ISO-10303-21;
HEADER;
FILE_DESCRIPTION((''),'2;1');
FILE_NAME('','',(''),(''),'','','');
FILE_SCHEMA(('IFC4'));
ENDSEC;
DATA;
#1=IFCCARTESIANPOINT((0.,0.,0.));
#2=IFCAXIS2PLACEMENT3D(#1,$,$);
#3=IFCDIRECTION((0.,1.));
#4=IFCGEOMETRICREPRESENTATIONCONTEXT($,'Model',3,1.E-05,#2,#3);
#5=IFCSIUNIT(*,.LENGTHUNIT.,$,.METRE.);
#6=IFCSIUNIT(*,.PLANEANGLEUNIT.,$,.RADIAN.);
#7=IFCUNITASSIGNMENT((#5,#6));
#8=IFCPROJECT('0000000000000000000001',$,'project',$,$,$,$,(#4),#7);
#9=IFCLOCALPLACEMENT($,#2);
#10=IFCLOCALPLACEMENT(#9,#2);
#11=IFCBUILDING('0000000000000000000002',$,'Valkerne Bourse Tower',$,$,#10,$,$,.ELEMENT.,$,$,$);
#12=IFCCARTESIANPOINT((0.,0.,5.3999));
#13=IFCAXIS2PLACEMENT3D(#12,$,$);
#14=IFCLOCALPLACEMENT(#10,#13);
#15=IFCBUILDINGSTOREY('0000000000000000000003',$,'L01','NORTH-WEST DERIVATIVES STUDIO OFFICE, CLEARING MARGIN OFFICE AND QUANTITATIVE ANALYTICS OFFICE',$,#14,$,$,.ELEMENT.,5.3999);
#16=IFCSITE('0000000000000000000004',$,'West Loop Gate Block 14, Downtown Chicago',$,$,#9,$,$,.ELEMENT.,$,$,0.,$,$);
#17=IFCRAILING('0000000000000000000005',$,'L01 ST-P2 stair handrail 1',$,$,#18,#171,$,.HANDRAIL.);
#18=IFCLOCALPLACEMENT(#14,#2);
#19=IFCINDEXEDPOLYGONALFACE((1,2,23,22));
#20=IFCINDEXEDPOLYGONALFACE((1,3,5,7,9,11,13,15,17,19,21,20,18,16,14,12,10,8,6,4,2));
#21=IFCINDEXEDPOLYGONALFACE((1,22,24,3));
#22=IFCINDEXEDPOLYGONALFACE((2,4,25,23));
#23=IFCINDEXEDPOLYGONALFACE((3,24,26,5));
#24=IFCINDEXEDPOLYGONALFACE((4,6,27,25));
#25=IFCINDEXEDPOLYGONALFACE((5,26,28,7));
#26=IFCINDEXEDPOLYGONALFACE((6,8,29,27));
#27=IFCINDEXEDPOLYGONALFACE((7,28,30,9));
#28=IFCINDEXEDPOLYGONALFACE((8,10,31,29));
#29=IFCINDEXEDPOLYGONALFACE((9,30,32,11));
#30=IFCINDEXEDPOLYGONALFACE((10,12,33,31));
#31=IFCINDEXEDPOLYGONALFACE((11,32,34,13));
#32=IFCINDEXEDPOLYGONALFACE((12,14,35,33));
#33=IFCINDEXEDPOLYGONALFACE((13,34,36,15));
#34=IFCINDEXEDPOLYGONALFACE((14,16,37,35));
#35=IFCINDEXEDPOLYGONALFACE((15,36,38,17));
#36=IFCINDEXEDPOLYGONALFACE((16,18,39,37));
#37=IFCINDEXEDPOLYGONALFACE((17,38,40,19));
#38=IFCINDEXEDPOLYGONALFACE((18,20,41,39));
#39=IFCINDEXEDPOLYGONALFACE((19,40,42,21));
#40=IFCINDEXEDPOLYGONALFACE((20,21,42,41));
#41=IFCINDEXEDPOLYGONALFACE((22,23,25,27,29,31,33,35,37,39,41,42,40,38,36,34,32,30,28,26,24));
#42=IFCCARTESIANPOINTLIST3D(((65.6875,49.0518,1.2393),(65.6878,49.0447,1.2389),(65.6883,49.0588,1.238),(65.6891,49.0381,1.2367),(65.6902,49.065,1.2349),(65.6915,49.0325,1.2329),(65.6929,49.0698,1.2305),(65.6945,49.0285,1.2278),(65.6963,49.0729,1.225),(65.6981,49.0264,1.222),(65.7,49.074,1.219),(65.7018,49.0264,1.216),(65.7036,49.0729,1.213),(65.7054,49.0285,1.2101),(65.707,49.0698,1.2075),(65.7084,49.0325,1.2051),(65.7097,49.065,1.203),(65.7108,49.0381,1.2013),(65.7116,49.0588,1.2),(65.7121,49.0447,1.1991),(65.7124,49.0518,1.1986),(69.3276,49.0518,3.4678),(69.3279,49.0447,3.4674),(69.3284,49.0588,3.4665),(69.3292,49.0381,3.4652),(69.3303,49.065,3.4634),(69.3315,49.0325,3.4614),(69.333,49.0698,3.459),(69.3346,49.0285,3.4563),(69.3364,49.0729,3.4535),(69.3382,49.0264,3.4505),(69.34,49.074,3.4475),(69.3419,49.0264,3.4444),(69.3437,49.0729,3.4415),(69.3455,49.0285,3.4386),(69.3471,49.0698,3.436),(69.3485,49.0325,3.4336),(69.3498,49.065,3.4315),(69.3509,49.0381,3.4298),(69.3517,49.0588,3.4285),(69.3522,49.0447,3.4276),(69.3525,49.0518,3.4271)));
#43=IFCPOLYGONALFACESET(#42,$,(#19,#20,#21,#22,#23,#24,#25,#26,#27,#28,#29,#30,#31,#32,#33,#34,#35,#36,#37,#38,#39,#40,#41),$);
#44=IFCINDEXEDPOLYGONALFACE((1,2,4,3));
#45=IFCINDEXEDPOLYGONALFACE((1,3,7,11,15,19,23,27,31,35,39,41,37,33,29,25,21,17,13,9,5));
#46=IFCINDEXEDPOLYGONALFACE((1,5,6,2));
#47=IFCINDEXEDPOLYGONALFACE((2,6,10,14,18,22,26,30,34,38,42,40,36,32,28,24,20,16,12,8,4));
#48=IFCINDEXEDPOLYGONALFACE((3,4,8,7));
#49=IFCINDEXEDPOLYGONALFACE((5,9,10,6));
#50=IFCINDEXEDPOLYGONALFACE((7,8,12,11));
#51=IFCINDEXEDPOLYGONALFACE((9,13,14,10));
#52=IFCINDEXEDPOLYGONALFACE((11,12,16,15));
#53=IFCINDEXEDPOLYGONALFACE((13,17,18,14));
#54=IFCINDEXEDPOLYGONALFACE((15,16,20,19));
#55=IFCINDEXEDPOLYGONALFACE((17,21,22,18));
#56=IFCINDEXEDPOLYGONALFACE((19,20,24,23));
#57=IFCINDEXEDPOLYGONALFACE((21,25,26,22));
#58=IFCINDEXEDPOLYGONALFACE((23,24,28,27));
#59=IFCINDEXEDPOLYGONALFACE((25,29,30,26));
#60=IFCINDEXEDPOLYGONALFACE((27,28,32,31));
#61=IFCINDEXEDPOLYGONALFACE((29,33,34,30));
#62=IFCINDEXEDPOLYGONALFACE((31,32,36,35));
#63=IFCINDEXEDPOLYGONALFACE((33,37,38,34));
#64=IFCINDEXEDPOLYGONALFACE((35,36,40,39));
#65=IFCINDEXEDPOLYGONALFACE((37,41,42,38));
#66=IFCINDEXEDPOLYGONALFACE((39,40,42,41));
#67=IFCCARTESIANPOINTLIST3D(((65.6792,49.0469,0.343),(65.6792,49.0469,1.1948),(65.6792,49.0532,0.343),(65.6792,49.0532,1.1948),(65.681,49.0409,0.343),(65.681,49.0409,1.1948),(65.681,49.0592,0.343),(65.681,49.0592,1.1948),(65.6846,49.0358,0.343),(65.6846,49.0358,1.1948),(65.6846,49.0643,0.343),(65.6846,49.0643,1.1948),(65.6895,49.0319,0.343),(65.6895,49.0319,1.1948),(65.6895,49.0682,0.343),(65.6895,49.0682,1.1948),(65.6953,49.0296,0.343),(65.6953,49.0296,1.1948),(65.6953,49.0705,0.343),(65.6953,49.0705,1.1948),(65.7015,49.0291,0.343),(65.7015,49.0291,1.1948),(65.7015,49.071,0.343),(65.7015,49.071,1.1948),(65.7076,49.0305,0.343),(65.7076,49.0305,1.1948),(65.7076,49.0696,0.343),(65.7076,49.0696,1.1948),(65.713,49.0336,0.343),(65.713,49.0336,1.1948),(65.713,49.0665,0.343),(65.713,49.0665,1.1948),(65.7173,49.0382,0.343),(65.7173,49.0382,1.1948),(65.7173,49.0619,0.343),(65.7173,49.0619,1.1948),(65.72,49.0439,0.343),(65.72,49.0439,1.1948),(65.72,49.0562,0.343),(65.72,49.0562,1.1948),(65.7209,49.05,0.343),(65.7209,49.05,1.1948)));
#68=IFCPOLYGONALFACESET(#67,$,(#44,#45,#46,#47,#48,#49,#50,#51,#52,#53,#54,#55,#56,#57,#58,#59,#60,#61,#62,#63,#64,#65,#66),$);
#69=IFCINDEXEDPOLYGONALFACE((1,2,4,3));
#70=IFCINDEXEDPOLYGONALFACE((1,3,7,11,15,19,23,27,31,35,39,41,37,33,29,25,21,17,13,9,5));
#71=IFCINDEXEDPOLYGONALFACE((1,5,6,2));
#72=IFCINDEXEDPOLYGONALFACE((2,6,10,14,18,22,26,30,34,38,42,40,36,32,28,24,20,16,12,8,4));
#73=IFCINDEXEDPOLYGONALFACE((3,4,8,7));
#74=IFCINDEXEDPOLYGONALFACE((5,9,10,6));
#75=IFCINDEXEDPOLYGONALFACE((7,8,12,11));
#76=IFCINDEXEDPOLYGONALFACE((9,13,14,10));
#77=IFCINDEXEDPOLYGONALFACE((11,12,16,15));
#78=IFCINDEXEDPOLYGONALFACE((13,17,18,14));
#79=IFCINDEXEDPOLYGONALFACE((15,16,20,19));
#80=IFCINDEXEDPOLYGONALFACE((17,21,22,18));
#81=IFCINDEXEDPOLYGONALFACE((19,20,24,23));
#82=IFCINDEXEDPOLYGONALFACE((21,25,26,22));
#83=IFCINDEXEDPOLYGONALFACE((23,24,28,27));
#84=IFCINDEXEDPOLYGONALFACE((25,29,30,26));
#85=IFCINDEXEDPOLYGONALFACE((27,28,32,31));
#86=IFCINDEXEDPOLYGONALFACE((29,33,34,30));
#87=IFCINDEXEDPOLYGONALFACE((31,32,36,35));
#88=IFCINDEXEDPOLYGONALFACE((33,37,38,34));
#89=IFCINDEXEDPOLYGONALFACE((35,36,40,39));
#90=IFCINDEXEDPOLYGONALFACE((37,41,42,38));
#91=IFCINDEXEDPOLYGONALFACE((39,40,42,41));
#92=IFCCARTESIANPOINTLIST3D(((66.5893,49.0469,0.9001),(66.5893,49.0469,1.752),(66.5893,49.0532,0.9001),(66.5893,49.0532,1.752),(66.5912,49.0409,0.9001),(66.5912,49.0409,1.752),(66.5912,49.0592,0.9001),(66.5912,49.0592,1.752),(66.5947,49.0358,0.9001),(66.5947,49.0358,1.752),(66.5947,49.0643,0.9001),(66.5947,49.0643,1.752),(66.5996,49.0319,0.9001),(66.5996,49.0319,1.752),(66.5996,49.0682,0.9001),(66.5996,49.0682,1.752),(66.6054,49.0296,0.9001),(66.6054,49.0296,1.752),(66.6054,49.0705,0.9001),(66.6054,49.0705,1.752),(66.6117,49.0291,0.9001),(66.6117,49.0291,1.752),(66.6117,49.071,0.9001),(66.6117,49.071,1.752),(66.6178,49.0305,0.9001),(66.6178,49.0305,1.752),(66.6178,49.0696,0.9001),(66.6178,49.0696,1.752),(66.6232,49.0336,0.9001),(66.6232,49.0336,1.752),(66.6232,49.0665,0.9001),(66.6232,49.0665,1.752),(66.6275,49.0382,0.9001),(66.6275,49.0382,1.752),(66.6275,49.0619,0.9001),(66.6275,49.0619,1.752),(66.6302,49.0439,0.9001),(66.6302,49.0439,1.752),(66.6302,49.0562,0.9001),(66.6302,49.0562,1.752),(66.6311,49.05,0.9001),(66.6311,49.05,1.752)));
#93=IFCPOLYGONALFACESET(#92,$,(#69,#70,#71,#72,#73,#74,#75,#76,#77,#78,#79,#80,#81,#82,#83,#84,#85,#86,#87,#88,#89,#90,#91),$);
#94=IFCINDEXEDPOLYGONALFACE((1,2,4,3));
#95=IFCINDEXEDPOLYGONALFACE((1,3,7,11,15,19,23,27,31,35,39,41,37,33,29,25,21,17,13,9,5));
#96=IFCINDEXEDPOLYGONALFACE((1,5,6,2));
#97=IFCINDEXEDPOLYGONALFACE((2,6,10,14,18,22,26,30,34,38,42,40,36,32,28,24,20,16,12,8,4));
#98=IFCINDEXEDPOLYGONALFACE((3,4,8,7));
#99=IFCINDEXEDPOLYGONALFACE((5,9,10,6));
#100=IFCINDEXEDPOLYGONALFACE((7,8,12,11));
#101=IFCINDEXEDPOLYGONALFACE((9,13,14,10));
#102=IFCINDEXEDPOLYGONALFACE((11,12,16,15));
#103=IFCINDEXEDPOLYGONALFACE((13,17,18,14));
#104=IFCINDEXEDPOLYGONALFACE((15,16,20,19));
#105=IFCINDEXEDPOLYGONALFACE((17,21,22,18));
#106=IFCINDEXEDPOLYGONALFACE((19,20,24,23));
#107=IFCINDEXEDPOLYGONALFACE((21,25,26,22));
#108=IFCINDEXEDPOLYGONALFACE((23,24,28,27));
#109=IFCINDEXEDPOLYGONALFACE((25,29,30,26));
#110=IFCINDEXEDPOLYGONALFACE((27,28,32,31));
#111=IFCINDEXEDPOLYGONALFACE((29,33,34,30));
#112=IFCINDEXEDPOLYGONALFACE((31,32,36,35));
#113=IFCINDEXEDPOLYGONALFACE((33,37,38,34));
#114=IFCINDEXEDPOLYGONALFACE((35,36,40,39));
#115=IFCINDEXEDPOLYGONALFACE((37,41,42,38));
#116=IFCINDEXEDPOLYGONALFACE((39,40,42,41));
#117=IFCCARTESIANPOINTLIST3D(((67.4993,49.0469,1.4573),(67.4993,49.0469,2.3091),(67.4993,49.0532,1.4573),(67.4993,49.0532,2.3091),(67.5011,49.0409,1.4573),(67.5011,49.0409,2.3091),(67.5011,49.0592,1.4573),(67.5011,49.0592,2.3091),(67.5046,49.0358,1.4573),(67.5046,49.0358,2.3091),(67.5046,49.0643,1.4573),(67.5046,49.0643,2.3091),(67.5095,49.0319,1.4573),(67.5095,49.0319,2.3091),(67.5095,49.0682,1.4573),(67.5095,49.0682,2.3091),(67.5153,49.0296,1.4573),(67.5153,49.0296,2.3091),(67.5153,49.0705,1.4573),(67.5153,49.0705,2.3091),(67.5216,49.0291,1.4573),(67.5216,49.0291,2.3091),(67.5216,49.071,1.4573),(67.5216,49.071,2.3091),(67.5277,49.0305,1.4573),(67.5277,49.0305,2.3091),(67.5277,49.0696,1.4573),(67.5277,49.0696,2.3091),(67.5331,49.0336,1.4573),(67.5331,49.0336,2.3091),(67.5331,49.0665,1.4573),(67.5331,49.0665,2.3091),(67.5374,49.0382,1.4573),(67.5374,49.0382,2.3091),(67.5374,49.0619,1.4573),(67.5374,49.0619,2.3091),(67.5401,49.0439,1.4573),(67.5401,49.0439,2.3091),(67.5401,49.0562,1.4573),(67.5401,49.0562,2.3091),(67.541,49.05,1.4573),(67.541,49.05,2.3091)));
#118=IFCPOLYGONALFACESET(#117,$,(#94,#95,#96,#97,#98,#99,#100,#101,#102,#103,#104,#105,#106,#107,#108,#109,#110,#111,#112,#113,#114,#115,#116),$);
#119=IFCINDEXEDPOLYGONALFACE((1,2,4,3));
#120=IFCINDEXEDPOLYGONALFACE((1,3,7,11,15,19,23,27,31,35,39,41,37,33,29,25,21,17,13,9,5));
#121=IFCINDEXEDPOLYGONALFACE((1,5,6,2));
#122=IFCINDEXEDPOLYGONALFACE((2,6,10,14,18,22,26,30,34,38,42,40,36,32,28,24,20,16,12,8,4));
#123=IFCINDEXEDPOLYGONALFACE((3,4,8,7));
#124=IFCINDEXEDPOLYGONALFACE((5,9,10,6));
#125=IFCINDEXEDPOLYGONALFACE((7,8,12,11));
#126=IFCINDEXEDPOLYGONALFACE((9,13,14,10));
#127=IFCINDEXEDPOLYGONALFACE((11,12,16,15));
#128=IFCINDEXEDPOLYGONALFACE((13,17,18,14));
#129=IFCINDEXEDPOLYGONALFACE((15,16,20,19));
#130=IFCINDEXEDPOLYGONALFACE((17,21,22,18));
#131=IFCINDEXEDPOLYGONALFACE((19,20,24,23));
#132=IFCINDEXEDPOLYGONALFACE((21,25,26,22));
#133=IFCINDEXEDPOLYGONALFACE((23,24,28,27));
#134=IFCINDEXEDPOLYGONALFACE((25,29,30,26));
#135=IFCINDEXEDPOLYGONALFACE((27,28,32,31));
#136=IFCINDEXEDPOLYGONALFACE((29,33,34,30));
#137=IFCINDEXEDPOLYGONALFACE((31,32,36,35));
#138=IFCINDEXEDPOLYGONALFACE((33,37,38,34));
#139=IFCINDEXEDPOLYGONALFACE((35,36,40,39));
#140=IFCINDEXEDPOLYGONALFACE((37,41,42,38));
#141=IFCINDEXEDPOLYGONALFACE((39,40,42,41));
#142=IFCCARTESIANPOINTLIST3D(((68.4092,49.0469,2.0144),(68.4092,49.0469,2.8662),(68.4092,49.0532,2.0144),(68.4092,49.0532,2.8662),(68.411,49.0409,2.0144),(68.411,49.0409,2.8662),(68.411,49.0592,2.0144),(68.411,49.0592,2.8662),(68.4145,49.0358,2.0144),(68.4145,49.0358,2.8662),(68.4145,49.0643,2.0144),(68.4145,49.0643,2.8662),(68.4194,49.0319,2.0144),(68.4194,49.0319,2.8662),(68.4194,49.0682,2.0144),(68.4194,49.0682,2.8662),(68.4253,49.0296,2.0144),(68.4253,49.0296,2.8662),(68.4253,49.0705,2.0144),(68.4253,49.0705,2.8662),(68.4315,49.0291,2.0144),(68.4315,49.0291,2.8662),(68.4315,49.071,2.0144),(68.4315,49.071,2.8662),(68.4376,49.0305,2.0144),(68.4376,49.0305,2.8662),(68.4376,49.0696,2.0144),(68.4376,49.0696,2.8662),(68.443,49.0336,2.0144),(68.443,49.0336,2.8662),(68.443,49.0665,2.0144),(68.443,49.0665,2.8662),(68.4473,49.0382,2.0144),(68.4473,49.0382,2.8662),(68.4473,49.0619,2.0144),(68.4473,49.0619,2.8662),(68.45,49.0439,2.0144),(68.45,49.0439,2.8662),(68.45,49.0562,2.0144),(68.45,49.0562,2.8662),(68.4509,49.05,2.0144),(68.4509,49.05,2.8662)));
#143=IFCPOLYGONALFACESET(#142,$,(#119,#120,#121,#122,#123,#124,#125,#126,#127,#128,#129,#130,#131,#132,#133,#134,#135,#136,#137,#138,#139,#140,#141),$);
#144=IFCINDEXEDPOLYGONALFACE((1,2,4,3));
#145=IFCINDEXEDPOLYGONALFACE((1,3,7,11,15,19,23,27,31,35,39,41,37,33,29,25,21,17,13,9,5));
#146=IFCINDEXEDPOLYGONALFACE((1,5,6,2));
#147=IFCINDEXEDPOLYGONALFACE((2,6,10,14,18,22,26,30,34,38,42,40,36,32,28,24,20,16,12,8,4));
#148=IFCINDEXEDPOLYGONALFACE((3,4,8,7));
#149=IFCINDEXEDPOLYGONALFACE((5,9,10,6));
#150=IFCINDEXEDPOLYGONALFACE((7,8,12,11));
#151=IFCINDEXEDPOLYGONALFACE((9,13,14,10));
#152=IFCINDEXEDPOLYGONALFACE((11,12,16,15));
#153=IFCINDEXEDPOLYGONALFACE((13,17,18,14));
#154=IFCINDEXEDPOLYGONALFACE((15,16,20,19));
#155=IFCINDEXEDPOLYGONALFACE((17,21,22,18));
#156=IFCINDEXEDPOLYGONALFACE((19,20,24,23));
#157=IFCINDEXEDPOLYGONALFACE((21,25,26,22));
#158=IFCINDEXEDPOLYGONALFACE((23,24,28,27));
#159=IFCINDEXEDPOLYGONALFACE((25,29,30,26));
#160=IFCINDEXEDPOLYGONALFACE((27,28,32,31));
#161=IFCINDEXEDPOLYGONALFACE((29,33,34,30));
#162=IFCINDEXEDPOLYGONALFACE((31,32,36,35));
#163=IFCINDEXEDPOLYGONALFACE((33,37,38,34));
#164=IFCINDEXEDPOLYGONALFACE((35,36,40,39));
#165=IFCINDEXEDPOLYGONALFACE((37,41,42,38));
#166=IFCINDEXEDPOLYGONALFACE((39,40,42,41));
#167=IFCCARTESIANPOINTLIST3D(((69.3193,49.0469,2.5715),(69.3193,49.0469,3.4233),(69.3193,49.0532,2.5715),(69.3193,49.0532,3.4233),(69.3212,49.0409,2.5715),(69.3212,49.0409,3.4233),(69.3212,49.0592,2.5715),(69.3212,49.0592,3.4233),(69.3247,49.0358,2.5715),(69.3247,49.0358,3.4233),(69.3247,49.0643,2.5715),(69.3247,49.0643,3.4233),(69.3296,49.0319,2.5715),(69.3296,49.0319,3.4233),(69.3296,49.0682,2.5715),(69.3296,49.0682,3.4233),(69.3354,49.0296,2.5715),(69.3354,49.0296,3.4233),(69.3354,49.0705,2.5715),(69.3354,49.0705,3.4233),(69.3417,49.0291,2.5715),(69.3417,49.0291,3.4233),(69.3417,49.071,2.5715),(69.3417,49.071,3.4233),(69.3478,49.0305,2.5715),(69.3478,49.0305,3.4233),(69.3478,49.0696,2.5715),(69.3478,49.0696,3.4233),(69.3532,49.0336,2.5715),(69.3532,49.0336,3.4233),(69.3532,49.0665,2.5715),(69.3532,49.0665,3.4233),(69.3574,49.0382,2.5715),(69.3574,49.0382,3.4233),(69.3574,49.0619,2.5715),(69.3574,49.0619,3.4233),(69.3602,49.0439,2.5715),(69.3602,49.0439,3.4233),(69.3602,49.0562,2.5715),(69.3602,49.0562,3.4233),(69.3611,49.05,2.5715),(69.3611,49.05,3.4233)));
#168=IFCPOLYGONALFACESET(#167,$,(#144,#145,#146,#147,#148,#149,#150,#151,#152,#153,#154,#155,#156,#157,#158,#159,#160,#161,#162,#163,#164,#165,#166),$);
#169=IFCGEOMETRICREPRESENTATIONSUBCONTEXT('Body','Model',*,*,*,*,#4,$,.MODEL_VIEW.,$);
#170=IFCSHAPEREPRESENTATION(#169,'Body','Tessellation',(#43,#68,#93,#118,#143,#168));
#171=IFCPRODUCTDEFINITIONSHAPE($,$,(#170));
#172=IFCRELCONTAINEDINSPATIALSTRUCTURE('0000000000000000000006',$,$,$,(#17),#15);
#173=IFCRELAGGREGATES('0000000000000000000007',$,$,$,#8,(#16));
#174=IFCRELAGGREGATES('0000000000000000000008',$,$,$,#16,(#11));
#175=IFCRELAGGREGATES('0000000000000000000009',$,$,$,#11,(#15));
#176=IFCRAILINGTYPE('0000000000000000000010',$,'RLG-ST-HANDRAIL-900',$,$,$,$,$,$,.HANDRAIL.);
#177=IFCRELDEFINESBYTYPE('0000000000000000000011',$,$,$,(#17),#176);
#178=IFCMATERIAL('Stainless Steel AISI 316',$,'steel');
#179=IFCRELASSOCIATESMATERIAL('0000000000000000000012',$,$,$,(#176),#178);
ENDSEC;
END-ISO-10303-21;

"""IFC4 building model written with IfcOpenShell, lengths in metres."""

from ifc_helpers import new_model, si_unit, direction, frame, origin, origin_2d, place, context, subcontext, project, spatial, circle, extrude, material, type_object, element, save


model = new_model("IFC4")

# Units and contexts
model_context = context("Model", 3, precision=1e-05, world=origin(), true_north=direction((0.0, 1.0)))
body_context = subcontext(model_context, "Body", "Model", "MODEL_VIEW")
ifc_project = project(units=[si_unit("LENGTHUNIT", "METRE"), si_unit("PLANEANGLEUNIT", "RADIAN")], contexts=[model_context])

# Site, building, storey
site_placement = place(None, origin())
site = spatial("IfcSite", under=ifc_project, at=site_placement, Name="West Loop Gate Block 14, Downtown Chicago", CompositionType="ELEMENT", RefElevation=0.0)
building_placement = place(site_placement, origin())
building = spatial("IfcBuilding", under=site, at=building_placement, Name="Valkerne Bourse Tower", CompositionType="ELEMENT")
storey_placement = place(building_placement, frame((0.0, 0.0, 5.3999)))
storey = spatial("IfcBuildingStorey", under=building, at=storey_placement, Name="L01", Description="NORTH-WEST DERIVATIVES STUDIO OFFICE, CLEARING MARGIN OFFICE AND QUANTITATIVE ANALYTICS OFFICE", CompositionType="ELEMENT", Elevation=5.3999)

# Railing
ifc_material_1 = material(Name="Stainless Steel AISI 316", Category="steel")
railing_type_1 = type_object("IfcRailingType", Name="RLG-ST-HANDRAIL-900", PredefinedType="HANDRAIL", material=ifc_material_1)
railing_1_placement = place(storey_placement, frame((65.7, 49.05, 0.343)))
element("IfcRailing", 1, at=railing_1_placement, inside=storey, type_object=railing_type_1, Name="L01 ST-P2 stair handrail 1", PredefinedType="HANDRAIL", context=body_context, shape_type="SweptSolid", body=[
    extrude(circle(Radius=0.0239, at=origin_2d()), frame((0.0, 0.0, 0.876), z_axis=(0.852866, 0.0, 0.52213), x_axis=(0.0, 1.0, 0.0)), (0.0, 0.0, 1.0), 4.2681),
    extrude(circle(Radius=0.021, at=origin_2d()), origin(), (0.0, 0.0, 1.0), 0.8518),
    extrude(circle(Radius=0.021, at=origin_2d()), frame((0.9102, 0.0, 0.5571)), (0.0, 0.0, 1.0), 0.8518),
    extrude(circle(Radius=0.021, at=origin_2d()), frame((1.8201, 0.0, 1.1143)), (0.0, 0.0, 1.0), 0.8518),
    extrude(circle(Radius=0.021, at=origin_2d()), frame((2.73, 0.0, 1.6714)), (0.0, 0.0, 1.0), 0.8518),
    extrude(circle(Radius=0.021, at=origin_2d()), frame((3.6401, 0.0, 2.2285)), (0.0, 0.0, 1.0), 0.8518),
])

save(model, "model.ifc")
